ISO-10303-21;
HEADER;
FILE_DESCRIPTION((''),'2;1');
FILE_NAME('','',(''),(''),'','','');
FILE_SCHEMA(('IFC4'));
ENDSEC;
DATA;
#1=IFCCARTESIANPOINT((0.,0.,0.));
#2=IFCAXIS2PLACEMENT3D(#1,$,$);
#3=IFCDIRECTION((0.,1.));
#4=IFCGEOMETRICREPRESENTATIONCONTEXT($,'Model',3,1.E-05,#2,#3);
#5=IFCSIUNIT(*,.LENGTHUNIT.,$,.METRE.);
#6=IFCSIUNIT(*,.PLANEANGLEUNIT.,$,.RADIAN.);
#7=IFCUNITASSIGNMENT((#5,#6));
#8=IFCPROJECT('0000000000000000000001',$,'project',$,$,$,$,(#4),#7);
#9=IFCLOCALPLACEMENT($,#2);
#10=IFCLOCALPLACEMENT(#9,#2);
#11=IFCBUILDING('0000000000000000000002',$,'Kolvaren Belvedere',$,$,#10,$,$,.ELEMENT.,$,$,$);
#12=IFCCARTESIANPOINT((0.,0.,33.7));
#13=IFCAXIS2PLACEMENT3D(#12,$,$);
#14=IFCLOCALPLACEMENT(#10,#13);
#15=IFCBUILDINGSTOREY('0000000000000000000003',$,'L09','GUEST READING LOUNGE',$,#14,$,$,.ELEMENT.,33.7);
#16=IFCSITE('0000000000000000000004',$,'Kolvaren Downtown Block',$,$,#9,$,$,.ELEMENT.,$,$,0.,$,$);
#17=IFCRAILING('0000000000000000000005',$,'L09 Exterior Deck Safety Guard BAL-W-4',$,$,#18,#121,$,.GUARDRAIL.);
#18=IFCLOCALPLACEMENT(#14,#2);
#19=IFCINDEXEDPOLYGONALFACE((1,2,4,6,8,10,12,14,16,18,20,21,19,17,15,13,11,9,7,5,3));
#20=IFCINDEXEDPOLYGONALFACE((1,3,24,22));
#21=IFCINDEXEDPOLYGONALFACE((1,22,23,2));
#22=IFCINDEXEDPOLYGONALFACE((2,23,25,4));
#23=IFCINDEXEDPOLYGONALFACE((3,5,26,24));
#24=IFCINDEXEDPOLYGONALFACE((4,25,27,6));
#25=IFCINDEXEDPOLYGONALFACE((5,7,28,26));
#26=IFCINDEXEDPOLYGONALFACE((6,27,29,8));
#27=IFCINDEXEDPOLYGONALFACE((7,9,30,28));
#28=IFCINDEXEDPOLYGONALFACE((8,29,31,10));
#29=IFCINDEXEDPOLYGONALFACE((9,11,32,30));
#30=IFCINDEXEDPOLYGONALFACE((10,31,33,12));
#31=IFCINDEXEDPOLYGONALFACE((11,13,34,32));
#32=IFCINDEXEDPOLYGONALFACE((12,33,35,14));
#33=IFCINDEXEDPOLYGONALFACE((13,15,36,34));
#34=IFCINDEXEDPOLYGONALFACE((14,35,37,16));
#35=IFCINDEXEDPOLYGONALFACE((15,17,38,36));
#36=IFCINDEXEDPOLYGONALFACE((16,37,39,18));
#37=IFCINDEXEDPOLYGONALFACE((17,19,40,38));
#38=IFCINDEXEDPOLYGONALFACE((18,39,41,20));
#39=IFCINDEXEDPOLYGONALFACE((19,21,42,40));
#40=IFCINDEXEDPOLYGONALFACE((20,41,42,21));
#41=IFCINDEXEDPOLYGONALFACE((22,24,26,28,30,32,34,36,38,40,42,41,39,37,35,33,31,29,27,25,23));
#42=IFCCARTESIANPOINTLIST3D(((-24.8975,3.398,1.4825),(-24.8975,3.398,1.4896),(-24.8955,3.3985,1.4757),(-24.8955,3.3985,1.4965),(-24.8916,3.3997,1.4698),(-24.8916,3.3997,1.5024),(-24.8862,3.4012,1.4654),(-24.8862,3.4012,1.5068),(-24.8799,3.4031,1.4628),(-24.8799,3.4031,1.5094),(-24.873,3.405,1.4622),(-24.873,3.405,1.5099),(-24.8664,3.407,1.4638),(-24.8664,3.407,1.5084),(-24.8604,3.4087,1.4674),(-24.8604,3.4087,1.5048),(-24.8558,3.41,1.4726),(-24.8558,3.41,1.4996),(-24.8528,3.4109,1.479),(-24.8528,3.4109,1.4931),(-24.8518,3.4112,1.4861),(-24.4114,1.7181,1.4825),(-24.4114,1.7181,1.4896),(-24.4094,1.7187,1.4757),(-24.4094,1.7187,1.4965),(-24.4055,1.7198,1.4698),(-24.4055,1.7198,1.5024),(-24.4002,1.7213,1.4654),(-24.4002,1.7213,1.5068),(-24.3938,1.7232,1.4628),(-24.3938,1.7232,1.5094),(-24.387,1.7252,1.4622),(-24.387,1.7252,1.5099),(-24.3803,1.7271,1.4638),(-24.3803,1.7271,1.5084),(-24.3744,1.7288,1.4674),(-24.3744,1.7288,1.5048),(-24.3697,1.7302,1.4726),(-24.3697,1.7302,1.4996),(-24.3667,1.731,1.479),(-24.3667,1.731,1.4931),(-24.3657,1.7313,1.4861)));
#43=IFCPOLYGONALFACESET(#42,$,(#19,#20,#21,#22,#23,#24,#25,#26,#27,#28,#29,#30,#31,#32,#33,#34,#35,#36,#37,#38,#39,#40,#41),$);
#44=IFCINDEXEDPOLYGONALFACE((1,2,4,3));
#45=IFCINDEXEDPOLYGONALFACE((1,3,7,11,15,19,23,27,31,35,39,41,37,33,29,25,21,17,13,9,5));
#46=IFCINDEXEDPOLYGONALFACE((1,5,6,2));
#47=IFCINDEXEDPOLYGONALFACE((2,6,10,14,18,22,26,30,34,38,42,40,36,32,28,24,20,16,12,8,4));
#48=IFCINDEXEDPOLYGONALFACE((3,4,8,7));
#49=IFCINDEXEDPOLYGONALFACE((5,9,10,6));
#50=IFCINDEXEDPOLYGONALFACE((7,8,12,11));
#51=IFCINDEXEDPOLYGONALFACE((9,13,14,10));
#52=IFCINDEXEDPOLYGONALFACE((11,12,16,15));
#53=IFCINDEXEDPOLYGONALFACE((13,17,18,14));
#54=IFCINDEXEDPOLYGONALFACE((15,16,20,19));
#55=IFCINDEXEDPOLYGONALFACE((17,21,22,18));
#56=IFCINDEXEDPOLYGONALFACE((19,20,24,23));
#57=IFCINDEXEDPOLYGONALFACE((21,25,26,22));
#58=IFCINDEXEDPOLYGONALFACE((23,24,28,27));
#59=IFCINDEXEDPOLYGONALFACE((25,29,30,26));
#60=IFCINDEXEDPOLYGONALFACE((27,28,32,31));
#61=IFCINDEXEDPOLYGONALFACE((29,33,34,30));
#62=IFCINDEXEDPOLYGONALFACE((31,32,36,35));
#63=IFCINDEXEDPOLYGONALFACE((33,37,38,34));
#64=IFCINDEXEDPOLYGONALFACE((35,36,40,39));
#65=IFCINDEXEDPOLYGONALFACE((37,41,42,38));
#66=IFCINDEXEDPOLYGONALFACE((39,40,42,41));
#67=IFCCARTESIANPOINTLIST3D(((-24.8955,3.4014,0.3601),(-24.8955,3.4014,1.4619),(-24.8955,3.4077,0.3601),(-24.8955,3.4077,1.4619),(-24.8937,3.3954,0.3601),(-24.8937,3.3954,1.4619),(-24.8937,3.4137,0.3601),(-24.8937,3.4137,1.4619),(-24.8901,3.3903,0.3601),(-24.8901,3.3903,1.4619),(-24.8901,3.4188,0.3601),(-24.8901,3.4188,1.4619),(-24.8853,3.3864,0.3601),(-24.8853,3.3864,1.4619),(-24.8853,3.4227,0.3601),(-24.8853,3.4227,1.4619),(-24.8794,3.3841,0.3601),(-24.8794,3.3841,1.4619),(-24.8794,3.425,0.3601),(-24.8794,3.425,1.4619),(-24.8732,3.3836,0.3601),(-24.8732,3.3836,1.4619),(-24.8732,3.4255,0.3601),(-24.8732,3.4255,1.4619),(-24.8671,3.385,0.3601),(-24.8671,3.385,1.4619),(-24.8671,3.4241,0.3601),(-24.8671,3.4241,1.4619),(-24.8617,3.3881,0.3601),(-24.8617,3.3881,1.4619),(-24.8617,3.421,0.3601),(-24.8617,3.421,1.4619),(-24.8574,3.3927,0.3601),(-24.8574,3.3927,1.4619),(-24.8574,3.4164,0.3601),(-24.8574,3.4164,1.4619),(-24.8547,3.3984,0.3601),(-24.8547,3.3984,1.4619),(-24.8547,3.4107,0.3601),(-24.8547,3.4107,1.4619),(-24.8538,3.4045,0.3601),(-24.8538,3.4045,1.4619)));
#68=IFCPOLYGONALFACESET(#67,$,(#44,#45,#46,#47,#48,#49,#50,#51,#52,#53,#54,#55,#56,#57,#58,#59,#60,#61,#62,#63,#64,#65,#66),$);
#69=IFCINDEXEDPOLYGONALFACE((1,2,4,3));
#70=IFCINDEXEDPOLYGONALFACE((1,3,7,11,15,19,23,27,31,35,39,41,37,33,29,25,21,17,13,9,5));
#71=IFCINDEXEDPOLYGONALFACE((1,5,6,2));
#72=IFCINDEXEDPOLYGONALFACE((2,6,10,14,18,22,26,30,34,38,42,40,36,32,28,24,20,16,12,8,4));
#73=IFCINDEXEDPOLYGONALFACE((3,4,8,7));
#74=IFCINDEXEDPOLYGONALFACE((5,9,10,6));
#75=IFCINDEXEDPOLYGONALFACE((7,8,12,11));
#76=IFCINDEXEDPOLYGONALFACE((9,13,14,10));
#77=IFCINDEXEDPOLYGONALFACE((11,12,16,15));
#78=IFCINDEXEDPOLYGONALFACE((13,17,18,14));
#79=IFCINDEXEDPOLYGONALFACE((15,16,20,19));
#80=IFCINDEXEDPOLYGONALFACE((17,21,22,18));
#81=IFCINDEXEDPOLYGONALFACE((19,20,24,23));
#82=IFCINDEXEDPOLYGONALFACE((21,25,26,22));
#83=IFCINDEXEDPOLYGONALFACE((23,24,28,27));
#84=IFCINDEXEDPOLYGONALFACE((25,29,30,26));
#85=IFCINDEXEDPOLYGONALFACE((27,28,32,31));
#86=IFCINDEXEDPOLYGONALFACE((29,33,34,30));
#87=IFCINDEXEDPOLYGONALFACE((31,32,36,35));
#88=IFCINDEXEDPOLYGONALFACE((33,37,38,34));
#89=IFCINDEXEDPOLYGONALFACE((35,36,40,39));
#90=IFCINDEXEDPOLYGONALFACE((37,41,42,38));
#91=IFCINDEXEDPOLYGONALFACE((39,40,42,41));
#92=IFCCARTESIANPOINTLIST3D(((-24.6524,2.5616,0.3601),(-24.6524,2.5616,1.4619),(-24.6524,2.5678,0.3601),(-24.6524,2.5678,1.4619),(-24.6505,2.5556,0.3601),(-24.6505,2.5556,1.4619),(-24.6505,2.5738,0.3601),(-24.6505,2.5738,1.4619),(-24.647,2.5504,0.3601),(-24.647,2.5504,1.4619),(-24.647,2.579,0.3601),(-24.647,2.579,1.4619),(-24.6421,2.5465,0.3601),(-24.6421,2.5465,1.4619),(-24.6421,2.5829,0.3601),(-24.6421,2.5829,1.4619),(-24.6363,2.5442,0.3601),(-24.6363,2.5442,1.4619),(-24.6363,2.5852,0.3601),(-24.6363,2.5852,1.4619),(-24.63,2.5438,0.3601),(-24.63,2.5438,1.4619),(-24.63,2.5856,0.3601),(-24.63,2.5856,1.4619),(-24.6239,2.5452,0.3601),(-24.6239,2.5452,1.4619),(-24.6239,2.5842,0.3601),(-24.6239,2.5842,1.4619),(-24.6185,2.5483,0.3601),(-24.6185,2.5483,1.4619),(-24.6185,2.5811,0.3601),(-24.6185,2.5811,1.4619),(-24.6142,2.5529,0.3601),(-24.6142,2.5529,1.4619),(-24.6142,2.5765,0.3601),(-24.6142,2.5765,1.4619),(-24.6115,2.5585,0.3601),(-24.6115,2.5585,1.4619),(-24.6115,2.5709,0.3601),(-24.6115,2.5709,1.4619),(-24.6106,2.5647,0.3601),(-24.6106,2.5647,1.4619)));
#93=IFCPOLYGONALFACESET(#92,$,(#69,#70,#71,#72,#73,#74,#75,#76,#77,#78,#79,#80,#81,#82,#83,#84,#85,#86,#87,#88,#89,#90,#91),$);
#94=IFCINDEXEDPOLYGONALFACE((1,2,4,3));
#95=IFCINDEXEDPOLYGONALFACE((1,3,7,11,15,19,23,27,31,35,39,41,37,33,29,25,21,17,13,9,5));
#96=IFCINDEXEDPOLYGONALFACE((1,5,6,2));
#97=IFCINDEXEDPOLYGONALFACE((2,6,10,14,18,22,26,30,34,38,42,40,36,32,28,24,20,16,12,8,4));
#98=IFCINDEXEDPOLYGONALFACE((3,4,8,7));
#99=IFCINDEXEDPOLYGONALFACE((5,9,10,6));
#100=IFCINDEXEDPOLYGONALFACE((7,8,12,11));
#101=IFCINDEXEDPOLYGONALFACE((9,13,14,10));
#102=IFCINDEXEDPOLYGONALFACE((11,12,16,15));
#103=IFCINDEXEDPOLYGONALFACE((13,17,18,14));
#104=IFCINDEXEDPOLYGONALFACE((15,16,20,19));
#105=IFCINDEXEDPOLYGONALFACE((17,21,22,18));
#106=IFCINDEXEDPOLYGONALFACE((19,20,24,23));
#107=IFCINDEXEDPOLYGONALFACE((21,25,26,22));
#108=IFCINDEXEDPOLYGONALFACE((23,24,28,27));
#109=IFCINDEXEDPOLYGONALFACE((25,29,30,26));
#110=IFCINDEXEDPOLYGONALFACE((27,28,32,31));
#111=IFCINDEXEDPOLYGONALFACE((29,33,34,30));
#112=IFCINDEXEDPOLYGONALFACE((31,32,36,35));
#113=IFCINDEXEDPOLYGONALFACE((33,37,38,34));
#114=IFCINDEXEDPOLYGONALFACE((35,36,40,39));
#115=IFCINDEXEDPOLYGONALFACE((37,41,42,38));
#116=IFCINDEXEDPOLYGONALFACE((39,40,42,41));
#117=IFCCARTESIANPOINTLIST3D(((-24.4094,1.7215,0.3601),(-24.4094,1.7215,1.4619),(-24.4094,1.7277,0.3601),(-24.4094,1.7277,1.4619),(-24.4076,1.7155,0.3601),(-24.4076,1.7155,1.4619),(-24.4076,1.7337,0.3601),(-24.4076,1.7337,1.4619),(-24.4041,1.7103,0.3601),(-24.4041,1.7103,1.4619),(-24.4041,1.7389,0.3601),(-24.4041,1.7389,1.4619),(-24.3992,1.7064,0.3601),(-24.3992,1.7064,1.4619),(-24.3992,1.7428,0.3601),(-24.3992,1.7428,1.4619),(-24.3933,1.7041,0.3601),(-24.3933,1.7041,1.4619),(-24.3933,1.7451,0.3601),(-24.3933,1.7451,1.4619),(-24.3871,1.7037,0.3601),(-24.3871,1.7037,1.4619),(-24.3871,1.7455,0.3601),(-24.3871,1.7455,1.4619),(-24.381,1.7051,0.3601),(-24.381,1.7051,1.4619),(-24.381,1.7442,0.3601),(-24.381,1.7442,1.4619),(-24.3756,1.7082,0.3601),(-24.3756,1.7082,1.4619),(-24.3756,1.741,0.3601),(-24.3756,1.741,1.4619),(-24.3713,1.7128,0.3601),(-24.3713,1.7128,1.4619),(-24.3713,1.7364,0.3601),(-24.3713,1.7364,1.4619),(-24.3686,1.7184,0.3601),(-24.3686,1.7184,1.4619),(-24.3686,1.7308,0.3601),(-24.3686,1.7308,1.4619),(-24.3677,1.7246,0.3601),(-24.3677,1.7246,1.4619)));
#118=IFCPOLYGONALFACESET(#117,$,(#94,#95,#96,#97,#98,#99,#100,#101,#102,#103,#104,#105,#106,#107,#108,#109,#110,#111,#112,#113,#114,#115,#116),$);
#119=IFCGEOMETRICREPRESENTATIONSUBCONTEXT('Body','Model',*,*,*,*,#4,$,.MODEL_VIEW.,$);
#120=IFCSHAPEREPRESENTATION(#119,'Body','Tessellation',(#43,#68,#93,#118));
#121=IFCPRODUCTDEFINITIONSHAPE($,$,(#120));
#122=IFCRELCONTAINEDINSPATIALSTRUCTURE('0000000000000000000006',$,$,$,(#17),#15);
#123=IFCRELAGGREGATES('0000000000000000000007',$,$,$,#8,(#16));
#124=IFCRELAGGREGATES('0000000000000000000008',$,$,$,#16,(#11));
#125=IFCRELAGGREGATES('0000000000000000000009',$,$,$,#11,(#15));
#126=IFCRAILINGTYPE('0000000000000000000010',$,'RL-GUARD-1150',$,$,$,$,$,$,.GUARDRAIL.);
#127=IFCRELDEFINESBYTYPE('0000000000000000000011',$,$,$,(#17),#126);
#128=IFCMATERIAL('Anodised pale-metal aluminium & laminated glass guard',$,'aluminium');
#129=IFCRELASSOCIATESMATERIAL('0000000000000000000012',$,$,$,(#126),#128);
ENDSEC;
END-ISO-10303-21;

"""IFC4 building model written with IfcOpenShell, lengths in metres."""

from ifc_helpers import new_model, si_unit, direction, frame, origin, origin_2d, place, context, subcontext, project, spatial, circle, extrude, material, type_object, element, save


model = new_model("IFC4")

# Units and contexts
model_context = context("Model", 3, precision=1e-05, world=origin(), true_north=direction((0.0, 1.0)))
body_context = subcontext(model_context, "Body", "Model", "MODEL_VIEW")
ifc_project = project(units=[si_unit("LENGTHUNIT", "METRE"), si_unit("PLANEANGLEUNIT", "RADIAN")], contexts=[model_context])

# Site, building, storey
site_placement = place(None, origin())
site = spatial("IfcSite", under=ifc_project, at=site_placement, Name="Kolvaren Downtown Block", CompositionType="ELEMENT", RefElevation=0.0)
building_placement = place(site_placement, origin())
building = spatial("IfcBuilding", under=site, at=building_placement, Name="Kolvaren Belvedere", CompositionType="ELEMENT")
storey_placement = place(building_placement, frame((0.0, 0.0, 33.7)))
storey = spatial("IfcBuildingStorey", under=building, at=storey_placement, Name="L09", Description="GUEST READING LOUNGE", CompositionType="ELEMENT", Elevation=33.7)

# Railing
ifc_material_1 = material(Name="Anodised pale-metal aluminium & laminated glass guard", Category="aluminium")
railing_type = type_object("IfcRailingType", Name="RL-GUARD-1150", PredefinedType="GUARDRAIL", material=ifc_material_1)
railing_1_placement = place(storey_placement, frame((-24.8748, 3.4045, 0.3601)))
element("IfcRailing", 1, at=railing_1_placement, inside=storey, type_object=railing_type, Name="L09 Exterior Deck Safety Guard BAL-W-4", PredefinedType="GUARDRAIL", context=body_context, shape_type="SweptSolid", body=[
    extrude(circle(Radius=0.0239, at=origin_2d()), frame((0.0, 0.0, 1.126), z_axis=(0.277946, -0.960597, 0.0), x_axis=(0.960597, 0.277946, 0.0)), (0.0, 0.0, 1.0), 1.7488),
    extrude(circle(Radius=0.021, at=origin_2d()), origin(), (0.0, 0.0, 1.0), 1.1018),
    extrude(circle(Radius=0.021, at=origin_2d()), frame((0.2432, -0.8398, 0.0)), (0.0, 0.0, 1.0), 1.1018),
    extrude(circle(Radius=0.021, at=origin_2d()), frame((0.4861, -1.6799, 0.0)), (0.0, 0.0, 1.0), 1.1018),
])

save(model, "model.ifc")
